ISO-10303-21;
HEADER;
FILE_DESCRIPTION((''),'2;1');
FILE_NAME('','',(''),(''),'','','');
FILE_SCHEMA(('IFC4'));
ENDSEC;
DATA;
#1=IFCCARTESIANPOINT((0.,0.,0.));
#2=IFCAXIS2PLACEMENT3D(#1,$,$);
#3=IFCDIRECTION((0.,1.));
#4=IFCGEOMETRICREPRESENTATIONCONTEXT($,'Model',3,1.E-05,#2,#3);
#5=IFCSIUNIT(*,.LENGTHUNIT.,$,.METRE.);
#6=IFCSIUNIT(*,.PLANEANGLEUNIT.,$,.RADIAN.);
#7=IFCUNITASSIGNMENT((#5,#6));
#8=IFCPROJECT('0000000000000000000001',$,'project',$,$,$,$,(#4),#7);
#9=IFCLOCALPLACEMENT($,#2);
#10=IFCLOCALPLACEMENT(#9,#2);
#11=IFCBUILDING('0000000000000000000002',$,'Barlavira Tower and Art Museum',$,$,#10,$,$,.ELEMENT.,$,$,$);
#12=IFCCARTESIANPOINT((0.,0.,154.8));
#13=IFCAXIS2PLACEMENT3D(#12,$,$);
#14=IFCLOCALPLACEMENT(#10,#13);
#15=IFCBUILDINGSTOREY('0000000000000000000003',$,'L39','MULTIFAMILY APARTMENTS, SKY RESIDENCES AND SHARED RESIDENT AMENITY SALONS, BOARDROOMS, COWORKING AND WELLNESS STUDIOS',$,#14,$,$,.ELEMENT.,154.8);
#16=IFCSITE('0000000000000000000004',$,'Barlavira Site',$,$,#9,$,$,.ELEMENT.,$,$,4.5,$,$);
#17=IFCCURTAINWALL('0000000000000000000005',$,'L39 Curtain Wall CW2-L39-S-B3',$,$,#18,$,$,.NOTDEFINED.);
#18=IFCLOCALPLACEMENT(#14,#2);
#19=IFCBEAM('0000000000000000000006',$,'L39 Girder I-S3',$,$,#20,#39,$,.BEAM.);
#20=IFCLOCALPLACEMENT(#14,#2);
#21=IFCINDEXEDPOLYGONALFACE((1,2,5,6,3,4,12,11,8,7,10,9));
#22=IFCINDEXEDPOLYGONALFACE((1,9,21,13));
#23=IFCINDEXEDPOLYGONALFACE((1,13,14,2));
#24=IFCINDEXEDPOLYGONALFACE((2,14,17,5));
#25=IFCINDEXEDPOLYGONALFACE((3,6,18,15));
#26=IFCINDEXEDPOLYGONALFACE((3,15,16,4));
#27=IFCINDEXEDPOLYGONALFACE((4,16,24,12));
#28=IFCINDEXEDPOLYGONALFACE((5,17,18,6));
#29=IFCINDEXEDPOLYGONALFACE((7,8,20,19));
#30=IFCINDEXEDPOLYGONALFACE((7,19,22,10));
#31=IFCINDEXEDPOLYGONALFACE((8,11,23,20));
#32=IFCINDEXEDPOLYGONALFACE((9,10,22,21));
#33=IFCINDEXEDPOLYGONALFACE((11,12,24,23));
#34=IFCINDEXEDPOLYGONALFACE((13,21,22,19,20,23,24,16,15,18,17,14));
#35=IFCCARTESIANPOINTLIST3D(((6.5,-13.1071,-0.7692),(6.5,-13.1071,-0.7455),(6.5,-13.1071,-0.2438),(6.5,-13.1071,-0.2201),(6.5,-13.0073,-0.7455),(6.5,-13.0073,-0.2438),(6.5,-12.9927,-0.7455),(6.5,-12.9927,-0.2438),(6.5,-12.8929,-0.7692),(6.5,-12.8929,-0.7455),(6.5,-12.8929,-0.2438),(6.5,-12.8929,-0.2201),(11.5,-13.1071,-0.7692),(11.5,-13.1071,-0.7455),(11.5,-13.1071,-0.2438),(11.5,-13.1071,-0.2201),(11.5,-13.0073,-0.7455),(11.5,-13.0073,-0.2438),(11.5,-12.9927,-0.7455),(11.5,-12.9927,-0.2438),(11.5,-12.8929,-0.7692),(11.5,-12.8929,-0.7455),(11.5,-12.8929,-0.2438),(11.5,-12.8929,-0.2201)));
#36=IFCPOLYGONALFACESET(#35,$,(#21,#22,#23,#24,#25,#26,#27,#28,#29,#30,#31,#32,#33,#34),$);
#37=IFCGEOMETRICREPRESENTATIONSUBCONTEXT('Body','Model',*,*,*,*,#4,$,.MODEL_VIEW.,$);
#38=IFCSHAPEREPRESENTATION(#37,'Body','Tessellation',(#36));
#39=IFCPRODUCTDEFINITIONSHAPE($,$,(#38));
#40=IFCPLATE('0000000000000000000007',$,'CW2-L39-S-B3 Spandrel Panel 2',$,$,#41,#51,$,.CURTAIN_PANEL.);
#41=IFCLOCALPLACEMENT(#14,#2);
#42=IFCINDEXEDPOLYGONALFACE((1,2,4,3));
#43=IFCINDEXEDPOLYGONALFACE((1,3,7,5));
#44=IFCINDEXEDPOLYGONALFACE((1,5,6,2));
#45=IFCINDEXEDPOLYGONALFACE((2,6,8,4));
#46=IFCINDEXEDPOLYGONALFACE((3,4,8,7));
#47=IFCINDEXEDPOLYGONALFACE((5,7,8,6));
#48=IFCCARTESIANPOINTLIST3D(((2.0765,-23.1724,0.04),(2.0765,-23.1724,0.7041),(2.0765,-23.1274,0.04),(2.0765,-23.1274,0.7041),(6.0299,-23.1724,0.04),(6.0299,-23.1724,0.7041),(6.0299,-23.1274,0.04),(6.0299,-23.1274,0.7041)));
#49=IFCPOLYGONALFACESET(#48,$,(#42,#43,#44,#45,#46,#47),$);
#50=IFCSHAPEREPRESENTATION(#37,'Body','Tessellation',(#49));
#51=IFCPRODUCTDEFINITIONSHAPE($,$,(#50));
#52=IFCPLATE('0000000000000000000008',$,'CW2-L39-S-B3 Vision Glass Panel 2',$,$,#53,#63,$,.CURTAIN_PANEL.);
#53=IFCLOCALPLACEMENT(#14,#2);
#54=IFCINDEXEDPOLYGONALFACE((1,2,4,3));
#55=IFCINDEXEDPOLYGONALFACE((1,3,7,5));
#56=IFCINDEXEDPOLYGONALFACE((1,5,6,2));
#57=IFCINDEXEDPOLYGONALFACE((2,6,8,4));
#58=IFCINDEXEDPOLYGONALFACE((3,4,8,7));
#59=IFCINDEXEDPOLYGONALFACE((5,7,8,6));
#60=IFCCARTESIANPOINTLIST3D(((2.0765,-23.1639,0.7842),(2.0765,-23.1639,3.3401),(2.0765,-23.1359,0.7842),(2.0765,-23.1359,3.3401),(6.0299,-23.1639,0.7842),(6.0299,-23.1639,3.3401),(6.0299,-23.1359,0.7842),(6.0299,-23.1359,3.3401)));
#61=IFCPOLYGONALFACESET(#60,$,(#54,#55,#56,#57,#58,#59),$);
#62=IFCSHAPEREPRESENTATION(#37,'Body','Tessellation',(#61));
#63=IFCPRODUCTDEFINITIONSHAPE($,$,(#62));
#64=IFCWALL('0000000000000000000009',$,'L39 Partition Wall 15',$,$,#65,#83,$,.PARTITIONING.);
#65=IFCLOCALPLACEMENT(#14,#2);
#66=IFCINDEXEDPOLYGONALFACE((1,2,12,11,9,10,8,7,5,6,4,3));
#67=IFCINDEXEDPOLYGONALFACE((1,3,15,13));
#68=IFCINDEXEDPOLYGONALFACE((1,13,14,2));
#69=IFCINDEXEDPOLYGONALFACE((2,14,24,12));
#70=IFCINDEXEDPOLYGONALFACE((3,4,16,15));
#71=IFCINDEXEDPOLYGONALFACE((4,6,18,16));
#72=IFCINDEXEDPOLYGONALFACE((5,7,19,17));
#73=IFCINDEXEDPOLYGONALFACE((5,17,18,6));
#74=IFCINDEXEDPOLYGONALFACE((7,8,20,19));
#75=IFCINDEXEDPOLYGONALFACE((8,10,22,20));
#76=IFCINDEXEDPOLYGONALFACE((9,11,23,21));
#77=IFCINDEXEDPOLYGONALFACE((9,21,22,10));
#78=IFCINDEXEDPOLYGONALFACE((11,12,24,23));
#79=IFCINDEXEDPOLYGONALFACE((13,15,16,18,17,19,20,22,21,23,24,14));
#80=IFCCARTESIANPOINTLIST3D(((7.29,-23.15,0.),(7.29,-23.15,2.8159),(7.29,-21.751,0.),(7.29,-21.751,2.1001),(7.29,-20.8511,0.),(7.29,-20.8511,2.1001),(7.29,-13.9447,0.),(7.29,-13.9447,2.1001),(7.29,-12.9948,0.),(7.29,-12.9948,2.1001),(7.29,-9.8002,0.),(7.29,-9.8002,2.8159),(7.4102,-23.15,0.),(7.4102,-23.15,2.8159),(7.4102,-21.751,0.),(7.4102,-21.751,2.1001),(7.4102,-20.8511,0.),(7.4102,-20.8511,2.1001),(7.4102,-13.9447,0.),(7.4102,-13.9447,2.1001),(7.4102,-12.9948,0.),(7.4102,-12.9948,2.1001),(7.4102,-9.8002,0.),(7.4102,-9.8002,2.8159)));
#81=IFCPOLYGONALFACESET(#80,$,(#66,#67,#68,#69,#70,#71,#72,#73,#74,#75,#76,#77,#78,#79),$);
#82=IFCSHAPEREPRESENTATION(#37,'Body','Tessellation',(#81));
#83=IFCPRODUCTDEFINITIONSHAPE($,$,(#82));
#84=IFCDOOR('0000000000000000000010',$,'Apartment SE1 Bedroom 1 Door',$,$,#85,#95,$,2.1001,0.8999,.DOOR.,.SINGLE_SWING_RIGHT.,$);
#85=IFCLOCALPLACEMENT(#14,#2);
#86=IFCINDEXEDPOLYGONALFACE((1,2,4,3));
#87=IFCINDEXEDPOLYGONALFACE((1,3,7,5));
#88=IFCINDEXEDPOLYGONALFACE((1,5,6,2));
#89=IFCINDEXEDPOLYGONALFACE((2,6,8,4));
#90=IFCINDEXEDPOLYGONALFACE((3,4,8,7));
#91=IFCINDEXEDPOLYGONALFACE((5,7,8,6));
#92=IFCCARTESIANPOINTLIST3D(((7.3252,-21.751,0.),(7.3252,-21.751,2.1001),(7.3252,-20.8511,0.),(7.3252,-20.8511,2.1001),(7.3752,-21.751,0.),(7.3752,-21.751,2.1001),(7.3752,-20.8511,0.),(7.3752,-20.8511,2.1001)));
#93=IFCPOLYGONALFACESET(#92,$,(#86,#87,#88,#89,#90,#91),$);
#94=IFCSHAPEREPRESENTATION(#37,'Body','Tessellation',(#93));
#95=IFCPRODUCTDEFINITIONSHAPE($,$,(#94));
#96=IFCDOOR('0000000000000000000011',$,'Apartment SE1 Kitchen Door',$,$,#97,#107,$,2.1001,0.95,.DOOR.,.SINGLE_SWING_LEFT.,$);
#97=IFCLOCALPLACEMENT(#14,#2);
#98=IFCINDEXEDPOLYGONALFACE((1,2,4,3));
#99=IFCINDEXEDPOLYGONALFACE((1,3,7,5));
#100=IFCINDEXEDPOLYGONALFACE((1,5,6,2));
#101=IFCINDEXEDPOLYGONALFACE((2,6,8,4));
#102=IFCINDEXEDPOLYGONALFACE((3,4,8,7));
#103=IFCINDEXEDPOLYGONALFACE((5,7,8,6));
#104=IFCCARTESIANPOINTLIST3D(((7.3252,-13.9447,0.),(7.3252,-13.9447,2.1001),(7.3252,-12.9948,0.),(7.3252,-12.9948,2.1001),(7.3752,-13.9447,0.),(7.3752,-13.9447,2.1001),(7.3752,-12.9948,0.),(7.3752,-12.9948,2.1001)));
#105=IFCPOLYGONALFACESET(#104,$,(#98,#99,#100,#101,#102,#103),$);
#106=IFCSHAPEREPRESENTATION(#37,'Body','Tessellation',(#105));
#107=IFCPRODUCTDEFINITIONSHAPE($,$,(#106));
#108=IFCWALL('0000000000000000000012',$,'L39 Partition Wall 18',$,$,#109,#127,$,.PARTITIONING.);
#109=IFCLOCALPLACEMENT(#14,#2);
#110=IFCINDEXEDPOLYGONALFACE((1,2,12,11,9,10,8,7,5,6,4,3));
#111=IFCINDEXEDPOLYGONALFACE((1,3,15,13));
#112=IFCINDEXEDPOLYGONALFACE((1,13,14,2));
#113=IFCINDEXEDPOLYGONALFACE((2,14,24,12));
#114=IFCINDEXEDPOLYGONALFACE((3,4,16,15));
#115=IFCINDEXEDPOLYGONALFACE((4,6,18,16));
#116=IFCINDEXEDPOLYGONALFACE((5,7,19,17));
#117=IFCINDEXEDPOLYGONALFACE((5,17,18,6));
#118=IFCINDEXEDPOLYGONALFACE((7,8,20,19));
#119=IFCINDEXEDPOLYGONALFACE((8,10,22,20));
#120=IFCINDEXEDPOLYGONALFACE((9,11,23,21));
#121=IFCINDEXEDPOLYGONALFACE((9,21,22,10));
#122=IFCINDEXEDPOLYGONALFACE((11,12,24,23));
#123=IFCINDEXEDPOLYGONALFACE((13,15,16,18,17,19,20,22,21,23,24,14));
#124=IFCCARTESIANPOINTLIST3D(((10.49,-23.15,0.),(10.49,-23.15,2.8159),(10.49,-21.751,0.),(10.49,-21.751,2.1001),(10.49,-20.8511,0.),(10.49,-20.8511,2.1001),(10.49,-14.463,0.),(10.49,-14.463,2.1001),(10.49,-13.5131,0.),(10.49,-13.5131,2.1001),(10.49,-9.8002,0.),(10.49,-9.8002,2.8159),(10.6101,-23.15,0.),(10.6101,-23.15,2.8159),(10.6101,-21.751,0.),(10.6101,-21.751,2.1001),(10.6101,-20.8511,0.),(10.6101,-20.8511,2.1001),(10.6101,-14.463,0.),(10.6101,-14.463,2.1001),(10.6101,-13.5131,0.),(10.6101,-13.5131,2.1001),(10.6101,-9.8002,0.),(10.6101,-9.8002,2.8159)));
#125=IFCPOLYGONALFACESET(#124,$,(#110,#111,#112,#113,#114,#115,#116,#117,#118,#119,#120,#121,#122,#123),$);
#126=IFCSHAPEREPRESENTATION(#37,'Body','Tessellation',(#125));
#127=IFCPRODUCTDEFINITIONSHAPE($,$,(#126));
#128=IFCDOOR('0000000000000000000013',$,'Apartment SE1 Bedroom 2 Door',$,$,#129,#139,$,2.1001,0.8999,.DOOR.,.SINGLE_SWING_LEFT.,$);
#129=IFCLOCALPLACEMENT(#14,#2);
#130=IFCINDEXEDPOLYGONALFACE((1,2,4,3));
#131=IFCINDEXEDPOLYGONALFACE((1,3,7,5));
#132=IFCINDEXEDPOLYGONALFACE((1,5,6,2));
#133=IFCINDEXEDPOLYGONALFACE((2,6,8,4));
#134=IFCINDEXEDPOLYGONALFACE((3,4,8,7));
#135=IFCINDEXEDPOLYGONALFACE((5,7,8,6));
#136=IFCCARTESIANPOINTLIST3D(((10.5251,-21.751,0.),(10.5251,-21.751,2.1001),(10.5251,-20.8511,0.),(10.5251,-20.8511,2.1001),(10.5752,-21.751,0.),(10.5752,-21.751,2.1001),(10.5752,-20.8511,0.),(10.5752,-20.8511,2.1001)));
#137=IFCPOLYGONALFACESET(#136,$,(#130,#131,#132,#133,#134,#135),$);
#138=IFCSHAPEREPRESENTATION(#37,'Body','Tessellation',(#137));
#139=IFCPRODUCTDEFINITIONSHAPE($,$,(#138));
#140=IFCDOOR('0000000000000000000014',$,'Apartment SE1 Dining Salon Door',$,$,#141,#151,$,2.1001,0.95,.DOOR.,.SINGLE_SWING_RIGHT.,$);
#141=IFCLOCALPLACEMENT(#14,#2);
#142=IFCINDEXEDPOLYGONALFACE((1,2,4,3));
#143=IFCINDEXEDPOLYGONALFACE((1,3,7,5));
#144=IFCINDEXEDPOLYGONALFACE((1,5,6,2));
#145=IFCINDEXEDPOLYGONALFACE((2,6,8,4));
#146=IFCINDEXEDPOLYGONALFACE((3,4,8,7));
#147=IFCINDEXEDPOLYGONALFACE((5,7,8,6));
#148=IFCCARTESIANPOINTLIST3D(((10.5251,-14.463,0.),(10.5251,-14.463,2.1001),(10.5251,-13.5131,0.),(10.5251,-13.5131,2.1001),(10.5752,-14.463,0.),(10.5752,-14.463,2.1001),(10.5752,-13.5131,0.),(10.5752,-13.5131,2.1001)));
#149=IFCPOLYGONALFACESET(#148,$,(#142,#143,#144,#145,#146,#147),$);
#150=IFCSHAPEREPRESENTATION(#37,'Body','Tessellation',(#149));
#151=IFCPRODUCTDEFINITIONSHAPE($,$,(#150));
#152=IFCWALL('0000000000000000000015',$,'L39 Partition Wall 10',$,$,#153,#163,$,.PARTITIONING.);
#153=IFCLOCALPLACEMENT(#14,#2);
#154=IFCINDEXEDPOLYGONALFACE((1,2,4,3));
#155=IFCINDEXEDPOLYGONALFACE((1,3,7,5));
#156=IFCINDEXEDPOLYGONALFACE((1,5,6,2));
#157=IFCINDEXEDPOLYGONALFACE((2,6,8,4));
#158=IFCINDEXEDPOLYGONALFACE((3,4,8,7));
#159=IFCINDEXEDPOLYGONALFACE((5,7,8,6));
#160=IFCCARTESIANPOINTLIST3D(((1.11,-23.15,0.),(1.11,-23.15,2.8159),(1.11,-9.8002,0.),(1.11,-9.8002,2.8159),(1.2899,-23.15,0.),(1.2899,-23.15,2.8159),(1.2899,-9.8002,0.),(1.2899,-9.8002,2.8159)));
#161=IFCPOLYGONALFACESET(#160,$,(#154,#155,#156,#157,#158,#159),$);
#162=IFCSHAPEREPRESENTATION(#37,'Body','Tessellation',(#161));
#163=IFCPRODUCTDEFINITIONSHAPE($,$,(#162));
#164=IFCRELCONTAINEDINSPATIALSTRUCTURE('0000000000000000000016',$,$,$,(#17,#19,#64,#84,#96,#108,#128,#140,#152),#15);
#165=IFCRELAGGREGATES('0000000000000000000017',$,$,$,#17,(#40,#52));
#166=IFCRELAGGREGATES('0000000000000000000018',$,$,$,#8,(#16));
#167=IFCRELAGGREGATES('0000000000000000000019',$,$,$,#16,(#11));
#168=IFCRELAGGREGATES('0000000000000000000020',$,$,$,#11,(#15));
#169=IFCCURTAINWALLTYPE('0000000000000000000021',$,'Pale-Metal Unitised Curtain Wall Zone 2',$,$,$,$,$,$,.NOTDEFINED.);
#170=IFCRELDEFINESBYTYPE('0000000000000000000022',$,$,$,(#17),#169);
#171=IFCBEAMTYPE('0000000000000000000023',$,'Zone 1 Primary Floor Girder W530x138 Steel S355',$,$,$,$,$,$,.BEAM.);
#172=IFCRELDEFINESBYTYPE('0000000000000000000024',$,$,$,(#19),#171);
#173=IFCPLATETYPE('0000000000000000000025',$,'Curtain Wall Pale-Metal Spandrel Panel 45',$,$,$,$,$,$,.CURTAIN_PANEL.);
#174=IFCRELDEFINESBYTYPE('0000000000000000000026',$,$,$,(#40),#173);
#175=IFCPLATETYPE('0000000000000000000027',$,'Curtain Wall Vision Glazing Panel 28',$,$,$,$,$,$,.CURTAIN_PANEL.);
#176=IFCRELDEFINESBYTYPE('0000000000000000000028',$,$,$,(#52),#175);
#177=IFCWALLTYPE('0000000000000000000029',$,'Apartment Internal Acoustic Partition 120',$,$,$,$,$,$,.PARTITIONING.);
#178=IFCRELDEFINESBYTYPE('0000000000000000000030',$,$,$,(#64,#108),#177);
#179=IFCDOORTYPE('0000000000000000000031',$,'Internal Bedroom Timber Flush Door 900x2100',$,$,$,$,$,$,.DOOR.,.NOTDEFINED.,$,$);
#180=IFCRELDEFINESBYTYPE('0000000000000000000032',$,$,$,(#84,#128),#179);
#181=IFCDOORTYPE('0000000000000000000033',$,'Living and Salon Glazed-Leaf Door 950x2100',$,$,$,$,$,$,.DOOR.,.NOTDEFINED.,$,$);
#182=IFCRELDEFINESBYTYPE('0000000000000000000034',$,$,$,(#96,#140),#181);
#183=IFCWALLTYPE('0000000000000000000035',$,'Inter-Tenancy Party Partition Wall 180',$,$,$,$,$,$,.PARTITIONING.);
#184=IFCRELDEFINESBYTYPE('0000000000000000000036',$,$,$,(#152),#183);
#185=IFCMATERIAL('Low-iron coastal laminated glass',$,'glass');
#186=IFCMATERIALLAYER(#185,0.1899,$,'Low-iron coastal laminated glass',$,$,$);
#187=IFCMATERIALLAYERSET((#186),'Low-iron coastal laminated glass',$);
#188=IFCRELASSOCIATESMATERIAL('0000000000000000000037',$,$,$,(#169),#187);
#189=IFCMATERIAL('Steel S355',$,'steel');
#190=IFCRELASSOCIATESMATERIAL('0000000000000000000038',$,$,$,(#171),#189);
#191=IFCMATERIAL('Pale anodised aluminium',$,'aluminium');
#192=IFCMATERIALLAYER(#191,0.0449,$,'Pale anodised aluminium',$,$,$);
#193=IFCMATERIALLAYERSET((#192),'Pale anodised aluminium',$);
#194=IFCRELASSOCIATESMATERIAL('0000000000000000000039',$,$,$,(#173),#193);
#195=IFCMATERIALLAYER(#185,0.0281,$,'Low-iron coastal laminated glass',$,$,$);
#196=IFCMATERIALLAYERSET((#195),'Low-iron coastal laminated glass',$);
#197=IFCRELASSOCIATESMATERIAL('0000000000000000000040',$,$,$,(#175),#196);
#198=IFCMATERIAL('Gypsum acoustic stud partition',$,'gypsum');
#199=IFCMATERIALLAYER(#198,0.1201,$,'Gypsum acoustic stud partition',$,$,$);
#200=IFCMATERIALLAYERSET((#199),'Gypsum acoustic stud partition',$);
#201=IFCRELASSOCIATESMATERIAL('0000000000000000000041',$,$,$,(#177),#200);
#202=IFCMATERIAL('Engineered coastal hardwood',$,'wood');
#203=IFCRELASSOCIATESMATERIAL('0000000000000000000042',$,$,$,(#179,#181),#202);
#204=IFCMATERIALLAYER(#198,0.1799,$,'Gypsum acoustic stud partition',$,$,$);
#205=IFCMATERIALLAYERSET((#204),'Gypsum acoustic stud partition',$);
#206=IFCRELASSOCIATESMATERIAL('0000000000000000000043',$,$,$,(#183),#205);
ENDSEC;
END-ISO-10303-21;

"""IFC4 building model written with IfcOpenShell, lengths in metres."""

from ifc_helpers import new_model, si_unit, direction, frame, frame_2d, origin, origin_2d, place, context, subcontext, project, spatial, rectangle, i_section, extrude, material, layer, layer_set, material_profile, profile_set, type_object, element, fill, aggregate, save


model = new_model("IFC4")

# Units and contexts
model_context = context("Model", 3, precision=1e-05, world=origin(), true_north=direction((0.0, 1.0)))
body_context = subcontext(model_context, "Body", "Model", "MODEL_VIEW")
ifc_project = project(units=[si_unit("LENGTHUNIT", "METRE"), si_unit("PLANEANGLEUNIT", "RADIAN")], contexts=[model_context])

# Site, building, storey
site_placement = place(None, origin())
site = spatial("IfcSite", under=ifc_project, at=site_placement, Name="Barlavira Site", CompositionType="ELEMENT", RefElevation=4.5)
building_placement = place(site_placement, origin())
building = spatial("IfcBuilding", under=site, at=building_placement, Name="Barlavira Tower and Art Museum", CompositionType="ELEMENT")
storey_placement = place(building_placement, frame((0.0, 0.0, 154.8)))
storey = spatial("IfcBuildingStorey", under=building, at=storey_placement, Name="L39", Description="MULTIFAMILY APARTMENTS, SKY RESIDENCES AND SHARED RESIDENT AMENITY SALONS, BOARDROOMS, COWORKING AND WELLNESS STUDIOS", CompositionType="ELEMENT", Elevation=154.8)

# Curtain wall
ifc_material_1 = material(Name="Low-iron coastal laminated glass", Category="glass")
ifc_layer_1 = layer(ifc_material_1, 0.1899, Name="Low-iron coastal laminated glass")
ifc_layer_set_1 = layer_set([ifc_layer_1], Name="Low-iron coastal laminated glass")
curtain_wall_type = type_object("IfcCurtainWallType", Name="Pale-Metal Unitised Curtain Wall Zone 2", PredefinedType="NOTDEFINED", material=ifc_layer_set_1)
curtain_wall_placement = place(storey_placement, origin())
curtain_wall = element("IfcCurtainWall", 1, at=curtain_wall_placement, inside=storey, type_object=curtain_wall_type, Name="L39 Curtain Wall CW2-L39-S-B3", PredefinedType="NOTDEFINED")
ifc_material_2 = material(Name="Pale anodised aluminium", Category="aluminium")

# Beam
ifc_material_3 = material(Name="Steel S355", Category="steel")
ifc_material_profile_1 = material_profile(ifc_material_3, i_section(OverallWidth=0.2141, OverallDepth=0.5491, WebThickness=0.0146, FlangeThickness=0.0237, at=origin_2d()), Name="W530x138.0")
ifc_profile_set_1 = profile_set([ifc_material_profile_1], Name="Steel S355")
beam_type_1 = type_object("IfcBeamType", Name="Zone 1 Primary Floor Girder W530x138 Steel S355", PredefinedType="BEAM", material=ifc_profile_set_1)
beam_1_placement = place(storey_placement, frame((6.5, -13.0, -0.4946), z_axis=(1.0, 0.0, 0.0), x_axis=(0.0, 1.0, 0.0)))
element("IfcBeam", 2, at=beam_1_placement, inside=storey, type_object=beam_type_1, Name="L39 Girder I-S3", PredefinedType="BEAM", context=body_context, shape_type="SweptSolid", body=[
    extrude(i_section(OverallWidth=0.2141, OverallDepth=0.5491, WebThickness=0.0146, FlangeThickness=0.0237, at=origin_2d()), origin(), (0.0, 0.0, 1.0), 5.0),
])

# Plates
ifc_layer_2 = layer(ifc_material_2, 0.0449, Name="Pale anodised aluminium")
ifc_layer_set_2 = layer_set([ifc_layer_2], Name="Pale anodised aluminium")
plate_type_1 = type_object("IfcPlateType", Name="Curtain Wall Pale-Metal Spandrel Panel 45", PredefinedType="CURTAIN_PANEL", material=ifc_layer_set_2)
plate_1_placement = place(storey_placement, frame((4.0532, -23.1499, 0.04), z_axis=(0.0, 0.0, 1.0), x_axis=(1.0, 0.0, 0.0)))
plate_1 = element("IfcPlate", 3, at=plate_1_placement, type_object=plate_type_1, Name="CW2-L39-S-B3 Spandrel Panel 2", PredefinedType="CURTAIN_PANEL", context=body_context, shape_type="SweptSolid", body=[
    extrude(rectangle(XDim=3.9534, YDim=0.0449, at=origin_2d()), origin(), (0.0, 0.0, 1.0), 0.6641),
])
ifc_layer_3 = layer(ifc_material_1, 0.0281, Name="Low-iron coastal laminated glass")
ifc_layer_set_3 = layer_set([ifc_layer_3], Name="Low-iron coastal laminated glass")
plate_type_2 = type_object("IfcPlateType", Name="Curtain Wall Vision Glazing Panel 28", PredefinedType="CURTAIN_PANEL", material=ifc_layer_set_3)
plate_2_placement = place(storey_placement, frame((4.0532, -23.1499, 0.7842), z_axis=(0.0, 0.0, 1.0), x_axis=(1.0, 0.0, 0.0)))
plate_2 = element("IfcPlate", 4, at=plate_2_placement, type_object=plate_type_2, Name="CW2-L39-S-B3 Vision Glass Panel 2", PredefinedType="CURTAIN_PANEL", context=body_context, shape_type="SweptSolid", body=[
    extrude(rectangle(XDim=3.9534, YDim=0.0281, at=origin_2d()), origin(), (0.0, 0.0, 1.0), 2.5559),
])
aggregate(curtain_wall, [plate_1, plate_2])

# Walls, openings, doors
ifc_material_4 = material(Name="Gypsum acoustic stud partition", Category="gypsum")
ifc_layer_4 = layer(ifc_material_4, 0.1201, Name="Gypsum acoustic stud partition")
ifc_layer_set_4 = layer_set([ifc_layer_4], Name="Gypsum acoustic stud partition")
wall_type_1 = type_object("IfcWallType", Name="Apartment Internal Acoustic Partition 120", PredefinedType="PARTITIONING", material=ifc_layer_set_4)
wall_1_placement = place(storey_placement, frame((7.3501, -23.1499, 0.0), z_axis=(0.0, 0.0, 1.0), x_axis=(0.0, 1.0, 0.0)))
wall_1 = element("IfcWall", 5, at=wall_1_placement, inside=storey, type_object=wall_type_1, Name="L39 Partition Wall 15", PredefinedType="PARTITIONING", context=body_context, shape_type="SweptSolid", body=[
    extrude(rectangle(XDim=13.3499, YDim=0.1201, at=frame_2d((6.6748, 0.0))), origin(), (0.0, 0.0, 1.0), 2.8159),
])
opening_1_placement = place(wall_1_placement, frame((9.2051, 0.0, 0.0)))
opening_1 = element("IfcOpeningElement", 6, at=opening_1_placement, cuts=wall_1, PredefinedType="OPENING", context=body_context, shape_type="SweptSolid", body=[
    extrude(rectangle(XDim=0.95, YDim=2.1001, at=frame_2d((0.4751, 1.05))), frame((0.0, 0.0701, 0.0), z_axis=(0.0, -1.0, 0.0), x_axis=(1.0, 0.0, 0.0)), (0.0, 0.0, 1.0), 0.1401),
])
opening_2_placement = place(wall_1_placement, frame((1.3989, 0.0, 0.0)))
opening_2 = element("IfcOpeningElement", 7, at=opening_2_placement, cuts=wall_1, PredefinedType="OPENING", context=body_context, shape_type="SweptSolid", body=[
    extrude(rectangle(XDim=0.8999, YDim=2.1001, at=frame_2d((0.45, 1.05))), frame((0.0, 0.0701, 0.0), z_axis=(0.0, -1.0, 0.0), x_axis=(1.0, 0.0, 0.0)), (0.0, 0.0, 1.0), 0.1401),
])
ifc_material_5 = material(Name="Engineered coastal hardwood", Category="wood")
door_type_1 = type_object("IfcDoorType", Name="Internal Bedroom Timber Flush Door 900x2100", OperationType="NOTDEFINED", PredefinedType="DOOR", material=ifc_material_5)
door_1_placement = place(opening_2_placement, origin())
door_1 = element("IfcDoor", 8, at=door_1_placement, inside=storey, type_object=door_type_1, Name="Apartment SE1 Bedroom 1 Door", OperationType="SINGLE_SWING_RIGHT", OverallHeight=2.1001, OverallWidth=0.8999, PredefinedType="DOOR", context=body_context, shape_type="SweptSolid", body=[
    extrude(rectangle(XDim=0.8999, YDim=2.1001, at=frame_2d((0.45, 1.05))), frame((0.0, 0.0249, 0.0), z_axis=(0.0, -1.0, 0.0), x_axis=(1.0, 0.0, 0.0)), (0.0, 0.0, 1.0), 0.05),
])
fill(opening_2, door_1)
door_type_2 = type_object("IfcDoorType", Name="Living and Salon Glazed-Leaf Door 950x2100", OperationType="NOTDEFINED", PredefinedType="DOOR", material=ifc_material_5)
door_2_placement = place(opening_1_placement, origin())
door_2 = element("IfcDoor", 9, at=door_2_placement, inside=storey, type_object=door_type_2, Name="Apartment SE1 Kitchen Door", OperationType="SINGLE_SWING_LEFT", OverallHeight=2.1001, OverallWidth=0.95, PredefinedType="DOOR", context=body_context, shape_type="SweptSolid", body=[
    extrude(rectangle(XDim=0.95, YDim=2.1001, at=frame_2d((0.4751, 1.05))), frame((0.0, 0.0249, 0.0), z_axis=(0.0, -1.0, 0.0), x_axis=(1.0, 0.0, 0.0)), (0.0, 0.0, 1.0), 0.05),
])
fill(opening_1, door_2)
wall_2_placement = place(storey_placement, frame((10.55, -23.1499, 0.0), z_axis=(0.0, 0.0, 1.0), x_axis=(0.0, 1.0, 0.0)))
wall_2 = element("IfcWall", 10, at=wall_2_placement, inside=storey, type_object=wall_type_1, Name="L39 Partition Wall 18", PredefinedType="PARTITIONING", context=body_context, shape_type="SweptSolid", body=[
    extrude(rectangle(XDim=13.3499, YDim=0.1201, at=frame_2d((6.6748, 0.0))), origin(), (0.0, 0.0, 1.0), 2.8159),
])
opening_3_placement = place(wall_2_placement, frame((8.6868, 0.0, 0.0)))
opening_3 = element("IfcOpeningElement", 11, at=opening_3_placement, cuts=wall_2, PredefinedType="OPENING", context=body_context, shape_type="SweptSolid", body=[
    extrude(rectangle(XDim=0.95, YDim=2.1001, at=frame_2d((0.4751, 1.05))), frame((0.0, 0.0701, 0.0), z_axis=(0.0, -1.0, 0.0), x_axis=(1.0, 0.0, 0.0)), (0.0, 0.0, 1.0), 0.1401),
])
opening_4_placement = place(wall_2_placement, frame((1.3989, 0.0, 0.0)))
opening_4 = element("IfcOpeningElement", 12, at=opening_4_placement, cuts=wall_2, PredefinedType="OPENING", context=body_context, shape_type="SweptSolid", body=[
    extrude(rectangle(XDim=0.8999, YDim=2.1001, at=frame_2d((0.45, 1.05))), frame((0.0, 0.0701, 0.0), z_axis=(0.0, -1.0, 0.0), x_axis=(1.0, 0.0, 0.0)), (0.0, 0.0, 1.0), 0.1401),
])
door_3_placement = place(opening_4_placement, origin())
door_3 = element("IfcDoor", 13, at=door_3_placement, inside=storey, type_object=door_type_1, Name="Apartment SE1 Bedroom 2 Door", OperationType="SINGLE_SWING_LEFT", OverallHeight=2.1001, OverallWidth=0.8999, PredefinedType="DOOR", context=body_context, shape_type="SweptSolid", body=[
    extrude(rectangle(XDim=0.8999, YDim=2.1001, at=frame_2d((0.45, 1.05))), frame((0.0, 0.0249, 0.0), z_axis=(0.0, -1.0, 0.0), x_axis=(1.0, 0.0, 0.0)), (0.0, 0.0, 1.0), 0.05),
])
fill(opening_4, door_3)
door_4_placement = place(opening_3_placement, origin())
door_4 = element("IfcDoor", 14, at=door_4_placement, inside=storey, type_object=door_type_2, Name="Apartment SE1 Dining Salon Door", OperationType="SINGLE_SWING_RIGHT", OverallHeight=2.1001, OverallWidth=0.95, PredefinedType="DOOR", context=body_context, shape_type="SweptSolid", body=[
    extrude(rectangle(XDim=0.95, YDim=2.1001, at=frame_2d((0.4751, 1.05))), frame((0.0, 0.0249, 0.0), z_axis=(0.0, -1.0, 0.0), x_axis=(1.0, 0.0, 0.0)), (0.0, 0.0, 1.0), 0.05),
])
fill(opening_3, door_4)

# Wall
ifc_layer_5 = layer(ifc_material_4, 0.1799, Name="Gypsum acoustic stud partition")
ifc_layer_set_5 = layer_set([ifc_layer_5], Name="Gypsum acoustic stud partition")
wall_type_2 = type_object("IfcWallType", Name="Inter-Tenancy Party Partition Wall 180", PredefinedType="PARTITIONING", material=ifc_layer_set_5)
wall_3_placement = place(storey_placement, frame((1.2, -23.1499, 0.0), z_axis=(0.0, 0.0, 1.0), x_axis=(0.0, 1.0, 0.0)))
element("IfcWall", 15, at=wall_3_placement, inside=storey, type_object=wall_type_2, Name="L39 Partition Wall 10", PredefinedType="PARTITIONING", context=body_context, shape_type="SweptSolid", body=[
    extrude(rectangle(XDim=13.3499, YDim=0.1799, at=frame_2d((6.6748, 0.0))), origin(), (0.0, 0.0, 1.0), 2.8159),
])

save(model, "model.ifc")
